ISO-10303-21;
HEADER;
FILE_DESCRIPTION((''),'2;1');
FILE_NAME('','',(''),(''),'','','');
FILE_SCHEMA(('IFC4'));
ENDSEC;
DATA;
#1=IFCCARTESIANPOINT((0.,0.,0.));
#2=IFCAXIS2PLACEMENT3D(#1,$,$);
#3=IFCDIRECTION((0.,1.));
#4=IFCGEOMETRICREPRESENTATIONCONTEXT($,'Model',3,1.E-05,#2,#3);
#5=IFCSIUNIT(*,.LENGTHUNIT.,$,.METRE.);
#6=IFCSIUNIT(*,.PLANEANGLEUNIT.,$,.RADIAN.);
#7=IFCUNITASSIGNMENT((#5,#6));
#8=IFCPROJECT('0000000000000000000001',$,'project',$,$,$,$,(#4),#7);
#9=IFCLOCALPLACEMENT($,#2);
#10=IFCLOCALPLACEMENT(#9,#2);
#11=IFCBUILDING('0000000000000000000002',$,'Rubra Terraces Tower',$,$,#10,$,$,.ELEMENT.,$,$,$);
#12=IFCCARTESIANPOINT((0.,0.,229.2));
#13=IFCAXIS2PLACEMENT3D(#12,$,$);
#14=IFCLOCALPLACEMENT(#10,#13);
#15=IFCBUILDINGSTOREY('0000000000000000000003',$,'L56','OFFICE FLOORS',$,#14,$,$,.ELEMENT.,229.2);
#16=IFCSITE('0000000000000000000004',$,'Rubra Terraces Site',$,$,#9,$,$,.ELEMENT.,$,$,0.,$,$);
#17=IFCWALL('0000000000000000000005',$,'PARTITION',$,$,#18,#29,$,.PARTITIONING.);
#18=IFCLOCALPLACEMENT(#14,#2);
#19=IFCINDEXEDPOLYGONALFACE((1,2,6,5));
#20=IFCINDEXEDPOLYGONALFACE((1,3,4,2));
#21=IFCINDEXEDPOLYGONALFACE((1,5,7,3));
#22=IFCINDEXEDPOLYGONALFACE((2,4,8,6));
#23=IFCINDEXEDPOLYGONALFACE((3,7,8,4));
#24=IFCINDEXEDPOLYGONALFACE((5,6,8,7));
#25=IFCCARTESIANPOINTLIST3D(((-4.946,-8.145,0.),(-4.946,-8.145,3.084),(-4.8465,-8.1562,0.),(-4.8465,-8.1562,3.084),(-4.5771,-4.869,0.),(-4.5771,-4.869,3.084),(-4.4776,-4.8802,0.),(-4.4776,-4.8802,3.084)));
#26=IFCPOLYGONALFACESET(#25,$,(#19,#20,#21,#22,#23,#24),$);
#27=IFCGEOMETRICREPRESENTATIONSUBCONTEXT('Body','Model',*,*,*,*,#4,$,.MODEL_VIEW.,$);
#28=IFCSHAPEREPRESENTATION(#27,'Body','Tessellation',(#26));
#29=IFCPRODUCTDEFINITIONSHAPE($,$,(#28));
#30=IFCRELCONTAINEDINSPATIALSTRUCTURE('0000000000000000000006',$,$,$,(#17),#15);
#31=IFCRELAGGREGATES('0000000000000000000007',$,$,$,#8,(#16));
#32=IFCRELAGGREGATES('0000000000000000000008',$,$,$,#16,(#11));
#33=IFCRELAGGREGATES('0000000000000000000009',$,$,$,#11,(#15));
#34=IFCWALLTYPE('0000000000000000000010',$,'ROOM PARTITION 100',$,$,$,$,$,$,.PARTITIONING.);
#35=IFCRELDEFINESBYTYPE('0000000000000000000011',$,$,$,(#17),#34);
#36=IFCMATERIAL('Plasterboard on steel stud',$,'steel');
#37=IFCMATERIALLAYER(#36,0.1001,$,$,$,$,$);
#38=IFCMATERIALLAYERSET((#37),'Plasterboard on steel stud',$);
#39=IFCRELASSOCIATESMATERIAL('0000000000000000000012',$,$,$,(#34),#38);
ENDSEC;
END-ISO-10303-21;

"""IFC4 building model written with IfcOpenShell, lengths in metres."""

from ifc_helpers import new_model, si_unit, direction, frame, frame_2d, origin, place, context, subcontext, project, spatial, rectangle, extrude, material, layer, layer_set, type_object, element, save


model = new_model("IFC4")

# Units and contexts
model_context = context("Model", 3, precision=1e-05, world=origin(), true_north=direction((0.0, 1.0)))
body_context = subcontext(model_context, "Body", "Model", "MODEL_VIEW")
ifc_project = project(units=[si_unit("LENGTHUNIT", "METRE"), si_unit("PLANEANGLEUNIT", "RADIAN")], contexts=[model_context])

# Site, building, storey
site_placement = place(None, origin())
site = spatial("IfcSite", under=ifc_project, at=site_placement, Name="Rubra Terraces Site", CompositionType="ELEMENT", RefElevation=0.0)
building_placement = place(site_placement, origin())
building = spatial("IfcBuilding", under=site, at=building_placement, Name="Rubra Terraces Tower", CompositionType="ELEMENT")
storey_placement = place(building_placement, frame((0.0, 0.0, 229.2)))
storey = spatial("IfcBuildingStorey", under=building, at=storey_placement, Name="L56", Description="OFFICE FLOORS", CompositionType="ELEMENT", Elevation=229.2)

# Wall
ifc_material_1 = material(Name="Plasterboard on steel stud", Category="steel")
ifc_layer_1 = layer(ifc_material_1, 0.1001)
ifc_layer_set_1 = layer_set([ifc_layer_1], Name="Plasterboard on steel stud")
wall_type_1 = type_object("IfcWallType", Name="ROOM PARTITION 100", PredefinedType="PARTITIONING", material=ifc_layer_set_1)
wall_1_placement = place(storey_placement, frame((-4.5273, -4.8745, 0.0), z_axis=(0.0, 0.0, 1.0), x_axis=(-0.111903, -0.993719, 0.0)))
element("IfcWall", 1, at=wall_1_placement, inside=storey, type_object=wall_type_1, Name="PARTITION", PredefinedType="PARTITIONING", context=body_context, shape_type="SweptSolid", body=[
    extrude(rectangle(XDim=3.2966, YDim=0.1001, at=frame_2d((1.6484, 0.0))), origin(), (0.0, 0.0, 1.0), 3.084),
])

save(model, "model.ifc")
